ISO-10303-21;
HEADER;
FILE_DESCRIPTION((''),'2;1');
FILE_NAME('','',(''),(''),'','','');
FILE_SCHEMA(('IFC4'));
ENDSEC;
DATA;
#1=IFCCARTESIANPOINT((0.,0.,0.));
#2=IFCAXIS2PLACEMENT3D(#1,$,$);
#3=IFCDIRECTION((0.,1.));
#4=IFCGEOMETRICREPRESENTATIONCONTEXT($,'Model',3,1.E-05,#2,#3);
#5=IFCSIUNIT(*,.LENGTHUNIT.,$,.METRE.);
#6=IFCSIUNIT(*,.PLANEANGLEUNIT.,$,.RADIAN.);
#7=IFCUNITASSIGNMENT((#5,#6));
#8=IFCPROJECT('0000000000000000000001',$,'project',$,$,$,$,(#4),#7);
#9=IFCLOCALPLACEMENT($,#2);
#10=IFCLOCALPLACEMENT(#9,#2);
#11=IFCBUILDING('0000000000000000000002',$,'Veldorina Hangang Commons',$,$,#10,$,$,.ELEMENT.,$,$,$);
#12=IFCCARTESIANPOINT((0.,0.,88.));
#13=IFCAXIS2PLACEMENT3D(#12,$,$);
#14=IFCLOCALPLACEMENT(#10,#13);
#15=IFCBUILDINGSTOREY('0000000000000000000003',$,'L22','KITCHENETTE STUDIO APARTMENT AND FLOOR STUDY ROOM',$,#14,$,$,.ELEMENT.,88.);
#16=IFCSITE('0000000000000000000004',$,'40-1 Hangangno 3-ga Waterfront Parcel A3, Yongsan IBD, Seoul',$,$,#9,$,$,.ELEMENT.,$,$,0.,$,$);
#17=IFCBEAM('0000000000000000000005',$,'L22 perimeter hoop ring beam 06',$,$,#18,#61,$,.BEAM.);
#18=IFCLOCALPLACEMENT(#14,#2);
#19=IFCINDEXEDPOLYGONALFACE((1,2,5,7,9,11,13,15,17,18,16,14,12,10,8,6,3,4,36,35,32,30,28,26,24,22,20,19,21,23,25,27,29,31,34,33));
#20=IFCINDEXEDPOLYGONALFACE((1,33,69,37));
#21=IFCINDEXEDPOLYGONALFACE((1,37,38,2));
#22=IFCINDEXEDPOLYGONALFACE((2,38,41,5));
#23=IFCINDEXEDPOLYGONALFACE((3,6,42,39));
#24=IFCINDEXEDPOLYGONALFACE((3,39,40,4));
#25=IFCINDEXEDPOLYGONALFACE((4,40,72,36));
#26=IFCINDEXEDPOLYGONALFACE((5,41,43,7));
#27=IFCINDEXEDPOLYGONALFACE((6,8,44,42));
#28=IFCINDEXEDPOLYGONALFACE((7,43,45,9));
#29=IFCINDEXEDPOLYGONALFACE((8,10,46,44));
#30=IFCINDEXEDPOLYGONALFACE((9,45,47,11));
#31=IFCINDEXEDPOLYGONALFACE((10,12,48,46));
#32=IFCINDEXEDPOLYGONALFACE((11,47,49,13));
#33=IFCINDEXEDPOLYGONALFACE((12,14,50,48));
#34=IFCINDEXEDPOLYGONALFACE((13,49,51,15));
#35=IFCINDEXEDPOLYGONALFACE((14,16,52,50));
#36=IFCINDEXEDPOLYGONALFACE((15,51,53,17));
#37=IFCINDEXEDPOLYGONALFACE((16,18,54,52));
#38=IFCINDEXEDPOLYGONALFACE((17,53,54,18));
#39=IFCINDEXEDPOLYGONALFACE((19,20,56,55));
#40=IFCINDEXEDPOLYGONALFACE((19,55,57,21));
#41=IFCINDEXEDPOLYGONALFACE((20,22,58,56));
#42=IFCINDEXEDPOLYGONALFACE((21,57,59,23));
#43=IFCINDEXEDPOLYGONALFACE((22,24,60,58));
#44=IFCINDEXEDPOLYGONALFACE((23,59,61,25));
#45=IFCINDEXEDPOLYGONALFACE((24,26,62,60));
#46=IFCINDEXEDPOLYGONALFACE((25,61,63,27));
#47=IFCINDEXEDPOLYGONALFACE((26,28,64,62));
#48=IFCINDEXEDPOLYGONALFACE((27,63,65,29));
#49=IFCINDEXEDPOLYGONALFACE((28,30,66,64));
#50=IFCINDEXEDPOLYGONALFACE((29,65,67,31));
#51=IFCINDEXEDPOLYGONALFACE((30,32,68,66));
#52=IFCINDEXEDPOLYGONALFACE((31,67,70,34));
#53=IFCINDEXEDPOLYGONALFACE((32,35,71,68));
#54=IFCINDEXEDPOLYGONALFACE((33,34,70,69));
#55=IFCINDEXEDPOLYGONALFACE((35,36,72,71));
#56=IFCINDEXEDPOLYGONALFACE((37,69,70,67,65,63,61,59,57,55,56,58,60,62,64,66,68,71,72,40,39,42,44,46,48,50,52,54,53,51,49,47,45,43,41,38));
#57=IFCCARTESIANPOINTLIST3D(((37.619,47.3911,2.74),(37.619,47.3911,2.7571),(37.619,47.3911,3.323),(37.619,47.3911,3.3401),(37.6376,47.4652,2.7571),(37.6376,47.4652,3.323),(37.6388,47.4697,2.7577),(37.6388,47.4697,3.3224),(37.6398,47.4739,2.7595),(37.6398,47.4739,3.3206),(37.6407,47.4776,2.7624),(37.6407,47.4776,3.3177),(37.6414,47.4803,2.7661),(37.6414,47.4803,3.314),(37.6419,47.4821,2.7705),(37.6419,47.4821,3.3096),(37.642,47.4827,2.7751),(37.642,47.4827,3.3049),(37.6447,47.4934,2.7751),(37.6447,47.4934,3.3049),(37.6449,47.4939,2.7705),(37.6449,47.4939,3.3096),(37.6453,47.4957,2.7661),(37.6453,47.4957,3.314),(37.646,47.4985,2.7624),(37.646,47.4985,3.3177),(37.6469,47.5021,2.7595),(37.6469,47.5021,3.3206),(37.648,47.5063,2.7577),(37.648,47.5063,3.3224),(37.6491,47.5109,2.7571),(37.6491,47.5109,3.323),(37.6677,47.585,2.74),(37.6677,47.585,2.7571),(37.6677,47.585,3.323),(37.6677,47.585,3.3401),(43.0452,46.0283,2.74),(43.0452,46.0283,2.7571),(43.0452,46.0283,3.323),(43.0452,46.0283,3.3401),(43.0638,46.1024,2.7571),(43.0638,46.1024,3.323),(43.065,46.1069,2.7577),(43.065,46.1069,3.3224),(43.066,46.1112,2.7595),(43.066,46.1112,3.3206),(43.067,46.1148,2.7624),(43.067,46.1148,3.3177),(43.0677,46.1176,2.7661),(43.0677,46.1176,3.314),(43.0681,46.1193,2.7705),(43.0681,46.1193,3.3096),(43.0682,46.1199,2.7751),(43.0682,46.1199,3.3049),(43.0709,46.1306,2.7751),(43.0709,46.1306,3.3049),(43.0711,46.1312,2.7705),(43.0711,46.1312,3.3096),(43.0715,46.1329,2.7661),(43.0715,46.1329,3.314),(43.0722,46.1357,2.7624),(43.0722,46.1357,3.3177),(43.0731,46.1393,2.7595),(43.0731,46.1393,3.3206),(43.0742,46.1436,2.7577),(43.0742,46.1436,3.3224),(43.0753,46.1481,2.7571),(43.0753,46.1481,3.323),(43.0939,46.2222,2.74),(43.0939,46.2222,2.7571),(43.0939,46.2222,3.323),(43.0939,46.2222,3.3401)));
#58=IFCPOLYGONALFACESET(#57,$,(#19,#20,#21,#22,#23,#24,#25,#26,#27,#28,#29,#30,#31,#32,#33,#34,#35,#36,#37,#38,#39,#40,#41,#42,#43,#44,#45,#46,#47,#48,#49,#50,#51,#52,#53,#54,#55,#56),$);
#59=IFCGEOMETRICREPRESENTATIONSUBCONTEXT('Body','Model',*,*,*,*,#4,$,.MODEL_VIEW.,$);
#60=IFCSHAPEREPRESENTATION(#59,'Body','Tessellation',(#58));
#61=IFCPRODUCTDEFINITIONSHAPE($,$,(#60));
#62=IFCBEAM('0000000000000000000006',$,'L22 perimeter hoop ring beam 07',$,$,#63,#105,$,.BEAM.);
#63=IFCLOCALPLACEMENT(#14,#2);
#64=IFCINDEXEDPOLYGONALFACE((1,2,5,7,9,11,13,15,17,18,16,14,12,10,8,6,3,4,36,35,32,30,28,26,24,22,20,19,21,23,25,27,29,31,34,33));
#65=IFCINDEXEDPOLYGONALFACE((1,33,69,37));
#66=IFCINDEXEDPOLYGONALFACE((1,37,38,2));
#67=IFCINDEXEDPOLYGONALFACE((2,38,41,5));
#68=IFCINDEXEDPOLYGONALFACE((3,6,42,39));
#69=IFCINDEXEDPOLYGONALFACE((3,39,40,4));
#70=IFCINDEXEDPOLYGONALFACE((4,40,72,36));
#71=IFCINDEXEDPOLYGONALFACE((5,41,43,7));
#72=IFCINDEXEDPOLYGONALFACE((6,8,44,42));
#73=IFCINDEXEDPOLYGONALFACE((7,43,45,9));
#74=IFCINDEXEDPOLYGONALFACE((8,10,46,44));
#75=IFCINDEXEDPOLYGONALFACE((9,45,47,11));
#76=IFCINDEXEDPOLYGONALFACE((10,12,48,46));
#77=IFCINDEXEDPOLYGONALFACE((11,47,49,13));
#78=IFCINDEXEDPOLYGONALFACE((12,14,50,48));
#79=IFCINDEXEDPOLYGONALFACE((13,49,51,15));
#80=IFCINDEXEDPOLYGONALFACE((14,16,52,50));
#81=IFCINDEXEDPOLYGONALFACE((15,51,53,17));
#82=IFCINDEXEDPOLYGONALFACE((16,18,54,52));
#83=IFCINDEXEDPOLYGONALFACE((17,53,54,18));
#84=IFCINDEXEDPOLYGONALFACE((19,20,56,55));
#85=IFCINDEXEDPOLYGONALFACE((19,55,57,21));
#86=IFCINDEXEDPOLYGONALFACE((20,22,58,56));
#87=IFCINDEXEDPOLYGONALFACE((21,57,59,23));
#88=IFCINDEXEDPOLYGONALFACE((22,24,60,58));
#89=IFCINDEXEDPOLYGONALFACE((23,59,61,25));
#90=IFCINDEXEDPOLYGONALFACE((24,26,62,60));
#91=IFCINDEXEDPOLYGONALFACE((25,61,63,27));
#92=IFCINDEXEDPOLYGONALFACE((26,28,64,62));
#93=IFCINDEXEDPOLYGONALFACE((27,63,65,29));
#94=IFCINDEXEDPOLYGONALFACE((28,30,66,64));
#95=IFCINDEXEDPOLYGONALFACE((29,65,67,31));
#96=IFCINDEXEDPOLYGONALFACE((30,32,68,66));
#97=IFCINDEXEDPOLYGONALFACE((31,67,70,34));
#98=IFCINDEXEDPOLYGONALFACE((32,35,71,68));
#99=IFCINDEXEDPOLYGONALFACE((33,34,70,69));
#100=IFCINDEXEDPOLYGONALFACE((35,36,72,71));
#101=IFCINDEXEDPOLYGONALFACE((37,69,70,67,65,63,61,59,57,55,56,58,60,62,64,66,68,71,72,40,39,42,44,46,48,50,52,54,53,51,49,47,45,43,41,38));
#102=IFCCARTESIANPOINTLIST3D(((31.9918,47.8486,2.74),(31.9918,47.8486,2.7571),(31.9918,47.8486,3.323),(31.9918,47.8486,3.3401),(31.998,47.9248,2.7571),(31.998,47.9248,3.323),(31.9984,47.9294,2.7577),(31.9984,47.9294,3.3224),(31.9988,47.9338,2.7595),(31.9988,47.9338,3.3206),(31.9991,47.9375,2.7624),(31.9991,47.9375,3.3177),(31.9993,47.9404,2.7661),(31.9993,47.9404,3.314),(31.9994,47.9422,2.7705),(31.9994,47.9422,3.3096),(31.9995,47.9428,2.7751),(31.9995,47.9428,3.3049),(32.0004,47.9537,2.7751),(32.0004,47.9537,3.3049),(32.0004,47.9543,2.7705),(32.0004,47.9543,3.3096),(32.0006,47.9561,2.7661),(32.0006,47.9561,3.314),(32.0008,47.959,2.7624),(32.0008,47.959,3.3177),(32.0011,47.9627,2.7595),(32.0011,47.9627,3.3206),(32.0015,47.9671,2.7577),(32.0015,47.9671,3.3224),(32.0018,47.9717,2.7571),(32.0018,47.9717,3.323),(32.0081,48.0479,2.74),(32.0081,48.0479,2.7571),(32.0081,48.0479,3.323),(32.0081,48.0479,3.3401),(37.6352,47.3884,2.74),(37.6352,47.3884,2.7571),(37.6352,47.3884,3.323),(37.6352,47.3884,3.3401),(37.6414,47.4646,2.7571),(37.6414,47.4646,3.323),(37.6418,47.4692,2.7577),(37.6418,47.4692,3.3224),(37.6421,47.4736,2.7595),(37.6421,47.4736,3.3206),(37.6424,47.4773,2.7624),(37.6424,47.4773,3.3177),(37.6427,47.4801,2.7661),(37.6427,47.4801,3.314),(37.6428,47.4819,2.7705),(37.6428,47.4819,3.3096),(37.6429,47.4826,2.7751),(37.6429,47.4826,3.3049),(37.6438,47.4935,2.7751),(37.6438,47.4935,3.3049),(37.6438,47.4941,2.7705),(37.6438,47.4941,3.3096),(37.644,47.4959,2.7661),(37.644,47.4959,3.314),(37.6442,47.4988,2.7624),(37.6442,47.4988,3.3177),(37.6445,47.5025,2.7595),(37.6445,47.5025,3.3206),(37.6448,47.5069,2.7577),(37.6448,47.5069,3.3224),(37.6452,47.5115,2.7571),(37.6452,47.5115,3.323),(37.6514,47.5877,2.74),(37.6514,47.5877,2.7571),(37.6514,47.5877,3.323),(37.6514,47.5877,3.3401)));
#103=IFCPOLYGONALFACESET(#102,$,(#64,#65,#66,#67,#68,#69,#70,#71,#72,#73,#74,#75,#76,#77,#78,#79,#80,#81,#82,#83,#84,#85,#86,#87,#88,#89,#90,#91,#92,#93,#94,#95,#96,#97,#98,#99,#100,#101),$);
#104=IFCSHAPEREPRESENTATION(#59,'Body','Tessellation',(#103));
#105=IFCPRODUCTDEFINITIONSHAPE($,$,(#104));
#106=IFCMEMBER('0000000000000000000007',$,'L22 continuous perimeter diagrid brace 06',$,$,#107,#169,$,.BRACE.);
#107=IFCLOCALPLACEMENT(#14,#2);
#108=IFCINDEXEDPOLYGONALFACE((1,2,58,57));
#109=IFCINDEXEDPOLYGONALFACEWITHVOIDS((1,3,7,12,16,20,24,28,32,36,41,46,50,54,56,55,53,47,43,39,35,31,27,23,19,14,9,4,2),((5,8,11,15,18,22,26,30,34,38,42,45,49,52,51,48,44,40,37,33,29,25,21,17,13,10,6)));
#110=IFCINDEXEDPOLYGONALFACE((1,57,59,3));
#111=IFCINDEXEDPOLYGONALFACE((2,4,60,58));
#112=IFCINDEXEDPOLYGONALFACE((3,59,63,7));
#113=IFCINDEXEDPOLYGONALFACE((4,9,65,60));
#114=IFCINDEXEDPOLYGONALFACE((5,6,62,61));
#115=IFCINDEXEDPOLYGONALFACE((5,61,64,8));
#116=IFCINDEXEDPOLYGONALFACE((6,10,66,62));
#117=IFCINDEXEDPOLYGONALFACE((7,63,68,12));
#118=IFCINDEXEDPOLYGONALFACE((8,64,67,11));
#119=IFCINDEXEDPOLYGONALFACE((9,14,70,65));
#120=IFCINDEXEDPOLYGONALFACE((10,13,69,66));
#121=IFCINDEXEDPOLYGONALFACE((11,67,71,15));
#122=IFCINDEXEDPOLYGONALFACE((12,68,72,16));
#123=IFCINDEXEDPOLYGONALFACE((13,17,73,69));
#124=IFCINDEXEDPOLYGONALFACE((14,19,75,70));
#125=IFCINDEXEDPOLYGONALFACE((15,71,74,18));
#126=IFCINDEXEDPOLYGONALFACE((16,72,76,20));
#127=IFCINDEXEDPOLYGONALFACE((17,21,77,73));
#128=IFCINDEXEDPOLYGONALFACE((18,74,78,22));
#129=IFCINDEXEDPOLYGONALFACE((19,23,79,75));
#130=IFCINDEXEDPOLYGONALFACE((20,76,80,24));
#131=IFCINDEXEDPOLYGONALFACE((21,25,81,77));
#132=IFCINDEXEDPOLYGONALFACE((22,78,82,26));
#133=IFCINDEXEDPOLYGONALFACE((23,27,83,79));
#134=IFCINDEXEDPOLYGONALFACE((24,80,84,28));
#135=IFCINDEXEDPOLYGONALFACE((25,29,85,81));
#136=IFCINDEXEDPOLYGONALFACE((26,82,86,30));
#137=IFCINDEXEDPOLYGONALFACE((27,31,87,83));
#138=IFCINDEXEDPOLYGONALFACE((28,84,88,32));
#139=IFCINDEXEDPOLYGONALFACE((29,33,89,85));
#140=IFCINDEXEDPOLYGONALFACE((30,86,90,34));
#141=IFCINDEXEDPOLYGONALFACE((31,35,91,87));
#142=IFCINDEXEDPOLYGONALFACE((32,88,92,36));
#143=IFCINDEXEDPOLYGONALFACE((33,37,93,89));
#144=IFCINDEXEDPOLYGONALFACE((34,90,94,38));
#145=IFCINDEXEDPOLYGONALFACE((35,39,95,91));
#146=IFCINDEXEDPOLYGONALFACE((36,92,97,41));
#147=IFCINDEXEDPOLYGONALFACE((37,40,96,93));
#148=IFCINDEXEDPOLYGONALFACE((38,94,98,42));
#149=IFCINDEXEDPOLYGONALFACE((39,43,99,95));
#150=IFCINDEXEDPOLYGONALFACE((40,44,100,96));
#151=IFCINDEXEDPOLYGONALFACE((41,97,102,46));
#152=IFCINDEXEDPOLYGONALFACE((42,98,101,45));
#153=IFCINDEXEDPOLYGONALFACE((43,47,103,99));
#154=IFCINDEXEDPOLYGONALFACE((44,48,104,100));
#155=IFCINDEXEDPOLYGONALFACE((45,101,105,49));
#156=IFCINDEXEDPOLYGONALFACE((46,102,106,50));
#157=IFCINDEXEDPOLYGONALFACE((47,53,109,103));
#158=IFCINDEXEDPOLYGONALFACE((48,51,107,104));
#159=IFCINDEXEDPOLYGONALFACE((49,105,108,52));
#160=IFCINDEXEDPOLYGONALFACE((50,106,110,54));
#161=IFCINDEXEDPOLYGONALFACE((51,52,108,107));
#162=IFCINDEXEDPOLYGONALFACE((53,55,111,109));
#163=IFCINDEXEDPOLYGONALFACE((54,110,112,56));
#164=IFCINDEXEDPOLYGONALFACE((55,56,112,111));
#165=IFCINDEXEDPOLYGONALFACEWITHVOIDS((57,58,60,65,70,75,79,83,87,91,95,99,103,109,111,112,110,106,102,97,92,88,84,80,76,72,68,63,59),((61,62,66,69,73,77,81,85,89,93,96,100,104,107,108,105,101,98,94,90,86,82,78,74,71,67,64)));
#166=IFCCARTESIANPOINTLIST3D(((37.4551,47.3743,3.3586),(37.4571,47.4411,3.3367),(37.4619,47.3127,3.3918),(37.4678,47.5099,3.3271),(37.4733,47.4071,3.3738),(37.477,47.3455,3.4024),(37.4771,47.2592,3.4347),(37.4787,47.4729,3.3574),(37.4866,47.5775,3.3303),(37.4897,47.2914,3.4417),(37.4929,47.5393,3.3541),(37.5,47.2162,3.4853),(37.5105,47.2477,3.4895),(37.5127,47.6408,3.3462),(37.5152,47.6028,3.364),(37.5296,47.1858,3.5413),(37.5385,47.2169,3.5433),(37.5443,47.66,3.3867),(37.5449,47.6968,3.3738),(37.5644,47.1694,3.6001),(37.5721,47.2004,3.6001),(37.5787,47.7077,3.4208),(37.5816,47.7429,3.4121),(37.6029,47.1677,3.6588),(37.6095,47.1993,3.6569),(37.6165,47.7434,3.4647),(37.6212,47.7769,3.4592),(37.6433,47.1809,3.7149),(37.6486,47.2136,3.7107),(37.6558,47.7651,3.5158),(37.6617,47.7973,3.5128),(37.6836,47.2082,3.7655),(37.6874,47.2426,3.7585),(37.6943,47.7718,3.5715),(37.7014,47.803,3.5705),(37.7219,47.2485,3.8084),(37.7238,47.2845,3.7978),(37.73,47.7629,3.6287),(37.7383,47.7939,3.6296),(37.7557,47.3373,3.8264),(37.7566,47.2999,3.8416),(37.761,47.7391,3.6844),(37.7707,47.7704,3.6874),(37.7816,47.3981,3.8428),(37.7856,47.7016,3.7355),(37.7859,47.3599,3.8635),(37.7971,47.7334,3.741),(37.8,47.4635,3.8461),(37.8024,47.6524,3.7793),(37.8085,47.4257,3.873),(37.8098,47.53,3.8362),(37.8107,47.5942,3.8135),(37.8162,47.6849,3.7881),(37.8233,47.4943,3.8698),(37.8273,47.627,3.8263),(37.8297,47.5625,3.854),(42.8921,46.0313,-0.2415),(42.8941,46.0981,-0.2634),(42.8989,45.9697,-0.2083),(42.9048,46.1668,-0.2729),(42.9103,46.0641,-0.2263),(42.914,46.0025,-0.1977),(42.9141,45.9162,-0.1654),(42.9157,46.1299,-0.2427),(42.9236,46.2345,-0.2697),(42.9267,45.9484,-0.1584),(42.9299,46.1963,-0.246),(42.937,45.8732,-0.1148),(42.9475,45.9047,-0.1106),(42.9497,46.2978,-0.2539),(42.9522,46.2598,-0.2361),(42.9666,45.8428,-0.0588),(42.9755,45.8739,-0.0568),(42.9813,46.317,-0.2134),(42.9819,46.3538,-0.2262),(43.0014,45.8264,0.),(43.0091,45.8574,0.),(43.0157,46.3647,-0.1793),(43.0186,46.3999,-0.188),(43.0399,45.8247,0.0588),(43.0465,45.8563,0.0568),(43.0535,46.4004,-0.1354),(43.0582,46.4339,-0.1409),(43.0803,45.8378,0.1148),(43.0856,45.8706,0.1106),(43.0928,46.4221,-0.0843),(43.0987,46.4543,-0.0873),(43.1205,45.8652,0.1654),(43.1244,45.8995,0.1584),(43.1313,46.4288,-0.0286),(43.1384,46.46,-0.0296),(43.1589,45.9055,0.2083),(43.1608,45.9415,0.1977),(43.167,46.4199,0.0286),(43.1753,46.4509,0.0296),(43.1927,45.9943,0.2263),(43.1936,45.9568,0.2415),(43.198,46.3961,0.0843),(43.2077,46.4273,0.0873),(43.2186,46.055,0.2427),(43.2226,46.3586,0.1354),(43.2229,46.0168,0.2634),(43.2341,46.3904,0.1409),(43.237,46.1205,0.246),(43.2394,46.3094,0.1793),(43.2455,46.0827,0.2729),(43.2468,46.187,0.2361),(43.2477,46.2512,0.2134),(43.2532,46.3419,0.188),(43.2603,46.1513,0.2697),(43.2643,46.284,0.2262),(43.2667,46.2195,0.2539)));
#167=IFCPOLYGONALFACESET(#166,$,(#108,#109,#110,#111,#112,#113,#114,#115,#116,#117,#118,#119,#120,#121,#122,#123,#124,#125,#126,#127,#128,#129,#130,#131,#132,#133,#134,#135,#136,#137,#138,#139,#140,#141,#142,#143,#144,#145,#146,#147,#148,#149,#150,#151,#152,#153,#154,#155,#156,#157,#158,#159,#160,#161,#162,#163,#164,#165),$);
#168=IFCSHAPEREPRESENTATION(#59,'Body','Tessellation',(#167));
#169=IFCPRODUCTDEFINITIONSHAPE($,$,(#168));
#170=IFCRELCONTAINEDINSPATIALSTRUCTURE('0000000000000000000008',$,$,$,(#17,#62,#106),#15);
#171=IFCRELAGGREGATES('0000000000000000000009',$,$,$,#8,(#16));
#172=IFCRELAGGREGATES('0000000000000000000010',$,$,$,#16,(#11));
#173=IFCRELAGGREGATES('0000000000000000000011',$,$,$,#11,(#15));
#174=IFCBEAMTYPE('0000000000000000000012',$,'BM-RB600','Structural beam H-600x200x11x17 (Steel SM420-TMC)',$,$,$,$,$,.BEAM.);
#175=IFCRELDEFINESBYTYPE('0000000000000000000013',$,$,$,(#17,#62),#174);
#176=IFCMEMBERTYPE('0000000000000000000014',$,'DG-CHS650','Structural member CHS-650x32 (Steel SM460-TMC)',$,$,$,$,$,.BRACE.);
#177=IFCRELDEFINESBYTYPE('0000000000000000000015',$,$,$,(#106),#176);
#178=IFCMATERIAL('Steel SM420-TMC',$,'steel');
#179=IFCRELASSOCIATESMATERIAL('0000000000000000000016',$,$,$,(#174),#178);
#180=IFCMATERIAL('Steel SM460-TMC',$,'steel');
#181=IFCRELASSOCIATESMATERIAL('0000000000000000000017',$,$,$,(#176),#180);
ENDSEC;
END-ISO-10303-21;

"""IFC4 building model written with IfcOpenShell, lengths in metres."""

from ifc_helpers import new_model, si_unit, direction, frame, origin, origin_2d, place, context, subcontext, project, spatial, hollow_circle, i_section, extrude, material, material_profile, profile_set, type_object, element, save


model = new_model("IFC4")

# Units and contexts
model_context = context("Model", 3, precision=1e-05, world=origin(), true_north=direction((0.0, 1.0)))
body_context = subcontext(model_context, "Body", "Model", "MODEL_VIEW")
ifc_project = project(units=[si_unit("LENGTHUNIT", "METRE"), si_unit("PLANEANGLEUNIT", "RADIAN")], contexts=[model_context])

# Site, building, storey
site_placement = place(None, origin())
site = spatial("IfcSite", under=ifc_project, at=site_placement, Name="40-1 Hangangno 3-ga Waterfront Parcel A3, Yongsan IBD, Seoul", CompositionType="ELEMENT", RefElevation=0.0)
building_placement = place(site_placement, origin())
building = spatial("IfcBuilding", under=site, at=building_placement, Name="Veldorina Hangang Commons", CompositionType="ELEMENT")
storey_placement = place(building_placement, frame((0.0, 0.0, 88.0)))
storey = spatial("IfcBuildingStorey", under=building, at=storey_placement, Name="L22", Description="KITCHENETTE STUDIO APARTMENT AND FLOOR STUDY ROOM", CompositionType="ELEMENT", Elevation=88.0)

# Beams
ifc_material_1 = material(Name="Steel SM420-TMC", Category="steel")
ifc_material_profile_1 = material_profile(ifc_material_1, i_section(OverallWidth=0.2, OverallDepth=0.6001, WebThickness=0.011, FlangeThickness=0.0171, FilletRadius=0.0181, at=origin_2d()), Name="H-600x200x11x17")
ifc_profile_set_1 = profile_set([ifc_material_profile_1], Name="Steel SM420-TMC")
beam_type = type_object("IfcBeamType", Name="BM-RB600", Description="Structural beam H-600x200x11x17 (Steel SM420-TMC)", PredefinedType="BEAM", material=ifc_profile_set_1)
beam_1_placement = place(storey_placement, frame((43.0696, 46.1252, 3.04), z_axis=(-0.96988, 0.243583, 0.0), x_axis=(-0.243583, -0.96988, 0.0)))
element("IfcBeam", 1, at=beam_1_placement, inside=storey, type_object=beam_type, Name="L22 perimeter hoop ring beam 06", PredefinedType="BEAM", context=body_context, shape_type="SweptSolid", body=[
    extrude(i_section(OverallWidth=0.2, OverallDepth=0.6001, WebThickness=0.011, FlangeThickness=0.0171, FilletRadius=0.0181, at=origin_2d()), origin(), (0.0, 0.0, 1.0), 5.5947),
])
beam_2_placement = place(storey_placement, frame((37.6433, 47.488, 3.04), z_axis=(-0.996691, 0.081279, 0.0), x_axis=(-0.081279, -0.996691, 0.0)))
element("IfcBeam", 2, at=beam_2_placement, inside=storey, type_object=beam_type, Name="L22 perimeter hoop ring beam 07", PredefinedType="BEAM", context=body_context, shape_type="SweptSolid", body=[
    extrude(i_section(OverallWidth=0.2, OverallDepth=0.6001, WebThickness=0.011, FlangeThickness=0.0171, FilletRadius=0.0181, at=origin_2d()), origin(), (0.0, 0.0, 1.0), 5.6621),
])

# Member
ifc_material_2 = material(Name="Steel SM460-TMC", Category="steel")
ifc_material_profile_2 = material_profile(ifc_material_2, hollow_circle(Radius=0.325, WallThickness=0.032, at=origin_2d()), Name="CHS-650x32")
ifc_profile_set_2 = profile_set([ifc_material_profile_2], Name="Steel SM460-TMC")
member_type = type_object("IfcMemberType", Name="DG-CHS650", Description="Structural member CHS-650x32 (Steel SM460-TMC)", PredefinedType="BRACE", material=ifc_profile_set_2)
member_1_placement = place(storey_placement, frame((43.0793, 46.1418, 0.0), z_axis=(-0.816645, 0.201723, 0.540739), x_axis=(-0.239806, -0.970821, 0.0)))
element("IfcMember", 3, at=member_1_placement, inside=storey, type_object=member_type, Name="L22 continuous perimeter diagrid brace 06", PredefinedType="BRACE", context=body_context, shape_type="SweptSolid", body=[
    extrude(hollow_circle(Radius=0.325, WallThickness=0.032, at=origin_2d()), origin(), (0.0, 0.0, 1.0), 6.6577),
])

save(model, "model.ifc")
